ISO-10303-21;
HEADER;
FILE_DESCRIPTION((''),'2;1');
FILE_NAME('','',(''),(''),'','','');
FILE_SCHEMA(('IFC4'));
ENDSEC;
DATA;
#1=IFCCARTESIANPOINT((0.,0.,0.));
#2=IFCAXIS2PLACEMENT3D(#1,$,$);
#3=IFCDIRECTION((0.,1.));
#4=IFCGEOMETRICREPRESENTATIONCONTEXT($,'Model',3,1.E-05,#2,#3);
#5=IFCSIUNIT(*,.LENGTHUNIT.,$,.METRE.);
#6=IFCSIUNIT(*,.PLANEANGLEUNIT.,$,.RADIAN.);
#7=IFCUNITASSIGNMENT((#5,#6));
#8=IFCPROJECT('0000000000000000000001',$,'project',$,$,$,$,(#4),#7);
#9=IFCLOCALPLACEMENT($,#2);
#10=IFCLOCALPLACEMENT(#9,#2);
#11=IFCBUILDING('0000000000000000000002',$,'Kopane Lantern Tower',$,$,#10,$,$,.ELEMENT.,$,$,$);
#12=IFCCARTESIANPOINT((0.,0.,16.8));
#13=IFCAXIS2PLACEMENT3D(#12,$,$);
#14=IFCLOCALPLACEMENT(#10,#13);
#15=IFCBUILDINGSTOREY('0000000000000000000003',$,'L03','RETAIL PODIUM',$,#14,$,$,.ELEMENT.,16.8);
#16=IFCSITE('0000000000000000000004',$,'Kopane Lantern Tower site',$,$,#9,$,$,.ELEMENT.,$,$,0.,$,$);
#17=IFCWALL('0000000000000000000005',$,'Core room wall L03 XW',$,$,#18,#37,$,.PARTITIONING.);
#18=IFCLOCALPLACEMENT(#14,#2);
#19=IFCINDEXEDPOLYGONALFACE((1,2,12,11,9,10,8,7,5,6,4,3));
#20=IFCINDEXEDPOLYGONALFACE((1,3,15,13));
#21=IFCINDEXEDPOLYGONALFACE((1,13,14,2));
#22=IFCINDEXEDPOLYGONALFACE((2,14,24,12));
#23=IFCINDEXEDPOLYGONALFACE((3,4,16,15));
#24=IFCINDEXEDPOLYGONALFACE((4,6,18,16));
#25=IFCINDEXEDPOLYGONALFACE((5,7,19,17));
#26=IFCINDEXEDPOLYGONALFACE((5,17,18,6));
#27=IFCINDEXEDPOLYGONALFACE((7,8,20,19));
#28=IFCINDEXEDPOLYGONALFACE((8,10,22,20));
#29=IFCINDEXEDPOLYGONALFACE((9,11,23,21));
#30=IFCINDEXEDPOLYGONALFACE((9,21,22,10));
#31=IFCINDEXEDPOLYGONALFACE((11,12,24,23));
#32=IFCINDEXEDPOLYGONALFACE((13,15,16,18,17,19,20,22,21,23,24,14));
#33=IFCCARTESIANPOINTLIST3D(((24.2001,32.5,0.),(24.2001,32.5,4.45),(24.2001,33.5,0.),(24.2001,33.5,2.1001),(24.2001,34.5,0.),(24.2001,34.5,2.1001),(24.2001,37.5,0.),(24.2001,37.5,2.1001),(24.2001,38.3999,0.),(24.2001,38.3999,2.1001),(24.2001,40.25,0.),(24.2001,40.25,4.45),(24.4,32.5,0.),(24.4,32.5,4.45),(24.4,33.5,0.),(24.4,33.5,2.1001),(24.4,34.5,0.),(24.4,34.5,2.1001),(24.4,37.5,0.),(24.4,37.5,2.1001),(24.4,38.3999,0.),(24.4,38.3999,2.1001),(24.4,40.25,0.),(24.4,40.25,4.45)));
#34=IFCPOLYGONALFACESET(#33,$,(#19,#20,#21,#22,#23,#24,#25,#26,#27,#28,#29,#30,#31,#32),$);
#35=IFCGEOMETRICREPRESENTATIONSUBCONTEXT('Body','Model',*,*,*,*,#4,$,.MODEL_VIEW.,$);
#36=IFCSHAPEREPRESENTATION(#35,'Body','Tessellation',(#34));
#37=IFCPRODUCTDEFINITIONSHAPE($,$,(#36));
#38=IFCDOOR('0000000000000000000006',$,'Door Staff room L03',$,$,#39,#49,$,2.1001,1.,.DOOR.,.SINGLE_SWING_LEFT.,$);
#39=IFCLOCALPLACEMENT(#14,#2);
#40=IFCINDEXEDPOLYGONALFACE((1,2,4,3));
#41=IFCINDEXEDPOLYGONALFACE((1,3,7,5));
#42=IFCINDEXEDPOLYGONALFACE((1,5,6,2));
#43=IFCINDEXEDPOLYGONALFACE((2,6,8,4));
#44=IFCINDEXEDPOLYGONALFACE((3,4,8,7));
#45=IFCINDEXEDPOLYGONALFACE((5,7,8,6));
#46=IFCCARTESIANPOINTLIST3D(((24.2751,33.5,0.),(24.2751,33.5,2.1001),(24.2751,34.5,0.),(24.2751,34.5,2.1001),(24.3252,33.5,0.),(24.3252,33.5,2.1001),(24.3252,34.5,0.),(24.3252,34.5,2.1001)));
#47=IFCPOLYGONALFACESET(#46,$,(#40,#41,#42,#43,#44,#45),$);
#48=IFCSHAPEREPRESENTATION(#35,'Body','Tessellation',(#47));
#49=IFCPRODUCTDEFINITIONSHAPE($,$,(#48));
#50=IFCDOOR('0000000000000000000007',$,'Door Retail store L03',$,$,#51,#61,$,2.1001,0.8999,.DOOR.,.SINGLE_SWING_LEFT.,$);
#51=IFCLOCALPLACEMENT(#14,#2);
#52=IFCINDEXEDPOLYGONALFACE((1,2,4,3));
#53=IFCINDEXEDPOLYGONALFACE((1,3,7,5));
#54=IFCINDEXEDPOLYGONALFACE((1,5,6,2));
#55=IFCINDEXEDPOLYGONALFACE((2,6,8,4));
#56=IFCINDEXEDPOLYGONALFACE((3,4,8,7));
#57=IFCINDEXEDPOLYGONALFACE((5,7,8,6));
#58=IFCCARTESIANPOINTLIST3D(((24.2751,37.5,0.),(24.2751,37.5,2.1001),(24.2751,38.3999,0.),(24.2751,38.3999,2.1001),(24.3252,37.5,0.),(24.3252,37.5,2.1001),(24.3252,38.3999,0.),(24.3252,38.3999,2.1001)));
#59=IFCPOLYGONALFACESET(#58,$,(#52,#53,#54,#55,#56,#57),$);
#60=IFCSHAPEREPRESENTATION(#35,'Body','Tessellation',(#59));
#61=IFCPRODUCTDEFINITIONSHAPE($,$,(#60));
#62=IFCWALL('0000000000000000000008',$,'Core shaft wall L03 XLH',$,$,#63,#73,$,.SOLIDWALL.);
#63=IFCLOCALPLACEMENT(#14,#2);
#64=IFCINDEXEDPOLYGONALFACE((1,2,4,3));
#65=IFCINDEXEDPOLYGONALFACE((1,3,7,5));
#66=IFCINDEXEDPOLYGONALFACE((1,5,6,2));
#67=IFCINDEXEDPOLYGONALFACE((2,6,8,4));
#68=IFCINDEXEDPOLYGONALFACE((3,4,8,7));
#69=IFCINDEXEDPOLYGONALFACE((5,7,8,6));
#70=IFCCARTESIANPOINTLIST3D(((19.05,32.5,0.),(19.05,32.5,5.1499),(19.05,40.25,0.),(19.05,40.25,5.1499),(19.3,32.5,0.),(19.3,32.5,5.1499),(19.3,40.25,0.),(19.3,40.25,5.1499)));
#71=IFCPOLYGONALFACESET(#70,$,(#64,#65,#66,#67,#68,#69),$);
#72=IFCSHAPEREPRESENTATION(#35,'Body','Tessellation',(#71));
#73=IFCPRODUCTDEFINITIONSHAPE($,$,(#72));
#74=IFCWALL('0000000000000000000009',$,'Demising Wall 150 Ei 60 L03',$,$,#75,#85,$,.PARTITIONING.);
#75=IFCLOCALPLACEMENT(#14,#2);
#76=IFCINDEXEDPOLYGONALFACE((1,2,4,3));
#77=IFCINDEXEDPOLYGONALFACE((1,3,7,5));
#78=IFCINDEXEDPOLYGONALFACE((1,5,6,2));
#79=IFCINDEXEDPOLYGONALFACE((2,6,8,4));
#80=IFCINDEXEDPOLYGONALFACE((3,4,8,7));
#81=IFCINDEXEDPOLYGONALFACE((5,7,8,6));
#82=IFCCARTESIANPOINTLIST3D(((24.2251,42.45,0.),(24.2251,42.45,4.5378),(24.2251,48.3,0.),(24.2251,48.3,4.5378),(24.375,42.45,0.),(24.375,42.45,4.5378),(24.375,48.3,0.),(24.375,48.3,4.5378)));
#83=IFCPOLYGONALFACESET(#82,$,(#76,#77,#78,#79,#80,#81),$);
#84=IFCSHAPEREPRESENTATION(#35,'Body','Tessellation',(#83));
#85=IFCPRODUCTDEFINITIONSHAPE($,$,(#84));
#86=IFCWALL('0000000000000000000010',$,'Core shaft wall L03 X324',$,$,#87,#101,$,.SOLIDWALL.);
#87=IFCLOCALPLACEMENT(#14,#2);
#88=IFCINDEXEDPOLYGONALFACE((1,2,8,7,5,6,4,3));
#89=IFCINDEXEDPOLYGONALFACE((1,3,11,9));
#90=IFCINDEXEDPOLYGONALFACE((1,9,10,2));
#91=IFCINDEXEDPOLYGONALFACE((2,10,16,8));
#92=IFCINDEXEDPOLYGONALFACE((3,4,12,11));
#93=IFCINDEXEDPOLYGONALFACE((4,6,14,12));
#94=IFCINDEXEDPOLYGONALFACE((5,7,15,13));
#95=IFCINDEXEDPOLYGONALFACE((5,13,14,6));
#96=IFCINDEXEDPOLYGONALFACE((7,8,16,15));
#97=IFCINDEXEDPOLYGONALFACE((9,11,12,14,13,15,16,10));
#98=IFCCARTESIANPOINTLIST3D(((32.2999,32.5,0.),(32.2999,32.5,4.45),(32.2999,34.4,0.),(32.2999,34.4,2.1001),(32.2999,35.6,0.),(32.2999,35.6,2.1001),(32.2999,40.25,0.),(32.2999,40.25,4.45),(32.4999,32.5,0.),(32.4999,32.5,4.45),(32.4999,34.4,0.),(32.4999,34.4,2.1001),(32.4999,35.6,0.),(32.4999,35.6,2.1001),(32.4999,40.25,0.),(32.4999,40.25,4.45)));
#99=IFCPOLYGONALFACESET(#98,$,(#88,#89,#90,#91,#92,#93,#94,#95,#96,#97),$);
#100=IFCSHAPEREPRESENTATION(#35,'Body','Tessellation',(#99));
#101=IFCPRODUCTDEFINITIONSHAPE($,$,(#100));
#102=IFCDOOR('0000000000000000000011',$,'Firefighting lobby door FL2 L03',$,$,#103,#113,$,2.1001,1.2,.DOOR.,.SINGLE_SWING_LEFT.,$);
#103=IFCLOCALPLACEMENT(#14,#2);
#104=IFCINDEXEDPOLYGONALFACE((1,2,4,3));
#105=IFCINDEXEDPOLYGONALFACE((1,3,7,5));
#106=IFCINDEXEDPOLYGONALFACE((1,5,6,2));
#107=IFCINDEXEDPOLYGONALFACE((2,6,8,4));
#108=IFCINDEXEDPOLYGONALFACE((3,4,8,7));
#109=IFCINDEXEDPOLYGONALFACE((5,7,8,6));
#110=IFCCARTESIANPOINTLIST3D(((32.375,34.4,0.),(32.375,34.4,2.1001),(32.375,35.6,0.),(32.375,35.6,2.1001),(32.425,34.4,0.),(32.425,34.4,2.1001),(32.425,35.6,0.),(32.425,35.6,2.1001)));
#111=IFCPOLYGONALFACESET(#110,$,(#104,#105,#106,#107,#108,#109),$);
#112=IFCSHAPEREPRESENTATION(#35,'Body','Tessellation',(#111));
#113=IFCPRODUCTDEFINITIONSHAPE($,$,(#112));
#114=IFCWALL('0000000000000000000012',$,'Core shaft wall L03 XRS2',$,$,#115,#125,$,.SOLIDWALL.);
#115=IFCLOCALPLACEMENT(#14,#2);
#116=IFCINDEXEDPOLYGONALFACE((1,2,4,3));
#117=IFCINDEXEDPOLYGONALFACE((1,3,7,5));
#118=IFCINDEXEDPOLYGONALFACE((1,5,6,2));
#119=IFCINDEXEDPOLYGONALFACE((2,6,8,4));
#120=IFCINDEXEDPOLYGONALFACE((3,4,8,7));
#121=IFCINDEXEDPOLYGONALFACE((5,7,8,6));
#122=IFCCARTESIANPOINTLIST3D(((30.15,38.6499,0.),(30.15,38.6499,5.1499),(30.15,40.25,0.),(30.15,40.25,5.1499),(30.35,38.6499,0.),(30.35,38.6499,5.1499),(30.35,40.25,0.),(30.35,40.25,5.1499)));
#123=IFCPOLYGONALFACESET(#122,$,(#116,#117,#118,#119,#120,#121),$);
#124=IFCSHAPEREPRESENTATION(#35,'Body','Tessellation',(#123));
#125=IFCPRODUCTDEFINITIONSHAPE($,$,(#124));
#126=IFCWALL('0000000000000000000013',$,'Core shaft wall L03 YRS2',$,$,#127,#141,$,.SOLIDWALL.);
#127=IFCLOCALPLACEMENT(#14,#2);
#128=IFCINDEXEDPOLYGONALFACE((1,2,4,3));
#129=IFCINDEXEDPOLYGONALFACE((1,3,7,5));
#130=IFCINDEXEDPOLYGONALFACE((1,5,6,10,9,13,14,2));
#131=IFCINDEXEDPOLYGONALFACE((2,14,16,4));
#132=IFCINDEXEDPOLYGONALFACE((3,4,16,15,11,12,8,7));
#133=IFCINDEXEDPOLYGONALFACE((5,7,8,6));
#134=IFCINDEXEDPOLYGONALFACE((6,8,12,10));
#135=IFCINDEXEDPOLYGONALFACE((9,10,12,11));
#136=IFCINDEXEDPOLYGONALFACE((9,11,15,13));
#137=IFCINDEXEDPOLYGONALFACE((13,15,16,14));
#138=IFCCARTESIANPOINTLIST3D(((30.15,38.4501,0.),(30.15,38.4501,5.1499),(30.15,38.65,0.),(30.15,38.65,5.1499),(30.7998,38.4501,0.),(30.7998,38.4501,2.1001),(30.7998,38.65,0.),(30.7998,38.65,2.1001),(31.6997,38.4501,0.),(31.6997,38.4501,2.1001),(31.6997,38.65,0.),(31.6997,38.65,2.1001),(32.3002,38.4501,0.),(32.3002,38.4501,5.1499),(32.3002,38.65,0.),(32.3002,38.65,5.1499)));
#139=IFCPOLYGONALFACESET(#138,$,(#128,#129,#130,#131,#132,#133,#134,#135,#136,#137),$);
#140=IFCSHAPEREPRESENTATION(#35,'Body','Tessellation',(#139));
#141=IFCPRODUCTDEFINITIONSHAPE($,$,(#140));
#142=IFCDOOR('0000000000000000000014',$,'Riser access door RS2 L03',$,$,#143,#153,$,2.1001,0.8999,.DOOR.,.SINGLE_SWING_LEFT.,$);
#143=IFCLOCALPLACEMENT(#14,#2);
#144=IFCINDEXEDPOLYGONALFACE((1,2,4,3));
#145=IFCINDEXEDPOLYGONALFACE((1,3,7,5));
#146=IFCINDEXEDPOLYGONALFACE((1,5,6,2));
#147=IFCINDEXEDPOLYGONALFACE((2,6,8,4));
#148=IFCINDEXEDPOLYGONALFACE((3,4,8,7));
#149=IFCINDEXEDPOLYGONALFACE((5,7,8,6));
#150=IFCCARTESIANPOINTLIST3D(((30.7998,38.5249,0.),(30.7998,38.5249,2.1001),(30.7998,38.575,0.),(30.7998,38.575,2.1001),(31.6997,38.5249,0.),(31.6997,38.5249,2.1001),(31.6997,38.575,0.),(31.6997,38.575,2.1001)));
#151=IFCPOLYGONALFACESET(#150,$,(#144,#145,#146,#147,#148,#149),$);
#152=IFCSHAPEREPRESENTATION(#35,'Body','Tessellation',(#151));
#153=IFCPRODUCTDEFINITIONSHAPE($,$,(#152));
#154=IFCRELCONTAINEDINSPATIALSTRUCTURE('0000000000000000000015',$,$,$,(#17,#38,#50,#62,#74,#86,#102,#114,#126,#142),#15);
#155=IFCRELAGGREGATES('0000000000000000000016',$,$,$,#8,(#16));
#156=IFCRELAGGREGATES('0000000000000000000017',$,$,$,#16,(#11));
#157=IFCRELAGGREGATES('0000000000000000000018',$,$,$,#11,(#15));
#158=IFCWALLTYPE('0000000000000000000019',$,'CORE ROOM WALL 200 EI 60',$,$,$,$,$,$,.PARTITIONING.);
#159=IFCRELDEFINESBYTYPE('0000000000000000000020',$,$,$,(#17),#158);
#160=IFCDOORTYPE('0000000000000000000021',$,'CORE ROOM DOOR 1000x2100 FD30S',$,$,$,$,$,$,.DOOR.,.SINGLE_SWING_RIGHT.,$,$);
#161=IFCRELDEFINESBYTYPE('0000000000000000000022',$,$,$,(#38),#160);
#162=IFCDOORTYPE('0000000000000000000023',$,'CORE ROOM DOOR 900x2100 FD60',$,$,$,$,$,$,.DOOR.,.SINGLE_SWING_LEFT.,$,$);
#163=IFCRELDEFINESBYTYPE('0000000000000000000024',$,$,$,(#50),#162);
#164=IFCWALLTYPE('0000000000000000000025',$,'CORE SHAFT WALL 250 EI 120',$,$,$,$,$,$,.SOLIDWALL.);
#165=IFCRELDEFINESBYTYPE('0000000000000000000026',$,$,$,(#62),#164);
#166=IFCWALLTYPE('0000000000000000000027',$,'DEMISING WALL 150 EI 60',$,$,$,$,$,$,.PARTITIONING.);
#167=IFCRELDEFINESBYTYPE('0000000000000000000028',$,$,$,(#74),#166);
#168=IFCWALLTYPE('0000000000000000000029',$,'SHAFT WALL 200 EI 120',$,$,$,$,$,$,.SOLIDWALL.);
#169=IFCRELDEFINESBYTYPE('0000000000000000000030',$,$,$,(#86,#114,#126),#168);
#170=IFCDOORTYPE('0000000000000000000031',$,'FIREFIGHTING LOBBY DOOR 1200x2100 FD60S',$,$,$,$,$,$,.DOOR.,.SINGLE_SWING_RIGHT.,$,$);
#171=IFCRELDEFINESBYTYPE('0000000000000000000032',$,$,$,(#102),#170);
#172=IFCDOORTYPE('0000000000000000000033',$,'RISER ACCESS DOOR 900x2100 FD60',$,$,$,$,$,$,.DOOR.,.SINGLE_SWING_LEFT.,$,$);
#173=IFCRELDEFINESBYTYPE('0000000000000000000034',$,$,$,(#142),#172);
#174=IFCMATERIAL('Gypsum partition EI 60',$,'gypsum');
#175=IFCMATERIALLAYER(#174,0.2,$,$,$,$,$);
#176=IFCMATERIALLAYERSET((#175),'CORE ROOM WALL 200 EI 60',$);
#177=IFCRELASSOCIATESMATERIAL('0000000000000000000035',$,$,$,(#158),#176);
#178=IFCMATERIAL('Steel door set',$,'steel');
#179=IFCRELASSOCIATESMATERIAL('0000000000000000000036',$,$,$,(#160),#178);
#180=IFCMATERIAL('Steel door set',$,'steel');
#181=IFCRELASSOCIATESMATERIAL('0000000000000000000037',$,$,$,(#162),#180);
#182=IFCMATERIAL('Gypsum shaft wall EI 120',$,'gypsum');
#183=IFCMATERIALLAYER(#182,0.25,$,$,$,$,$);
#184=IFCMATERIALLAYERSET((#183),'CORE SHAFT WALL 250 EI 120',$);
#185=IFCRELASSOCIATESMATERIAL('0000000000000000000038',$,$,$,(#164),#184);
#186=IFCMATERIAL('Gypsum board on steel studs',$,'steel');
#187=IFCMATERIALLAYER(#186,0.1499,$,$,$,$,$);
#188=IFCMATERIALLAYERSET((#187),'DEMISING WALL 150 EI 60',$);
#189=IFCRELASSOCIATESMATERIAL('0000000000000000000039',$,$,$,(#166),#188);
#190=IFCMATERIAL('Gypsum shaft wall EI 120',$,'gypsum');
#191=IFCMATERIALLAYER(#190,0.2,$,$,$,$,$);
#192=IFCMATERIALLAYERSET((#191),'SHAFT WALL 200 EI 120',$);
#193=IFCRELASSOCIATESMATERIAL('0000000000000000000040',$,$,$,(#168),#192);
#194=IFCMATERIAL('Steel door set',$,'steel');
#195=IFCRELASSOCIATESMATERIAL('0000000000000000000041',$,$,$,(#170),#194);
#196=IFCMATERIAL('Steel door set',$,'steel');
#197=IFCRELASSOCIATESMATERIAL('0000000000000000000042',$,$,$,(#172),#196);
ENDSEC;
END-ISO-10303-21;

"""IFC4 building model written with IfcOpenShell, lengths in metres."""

from ifc_helpers import new_model, si_unit, direction, frame, frame_2d, origin, place, context, subcontext, project, spatial, rectangle, extrude, material, layer, layer_set, type_object, element, fill, save


model = new_model("IFC4")

# Units and contexts
model_context = context("Model", 3, precision=1e-05, world=origin(), true_north=direction((0.0, 1.0)))
body_context = subcontext(model_context, "Body", "Model", "MODEL_VIEW")
ifc_project = project(units=[si_unit("LENGTHUNIT", "METRE"), si_unit("PLANEANGLEUNIT", "RADIAN")], contexts=[model_context])

# Site, building, storey
site_placement = place(None, origin())
site = spatial("IfcSite", under=ifc_project, at=site_placement, Name="Kopane Lantern Tower site", CompositionType="ELEMENT", RefElevation=0.0)
building_placement = place(site_placement, origin())
building = spatial("IfcBuilding", under=site, at=building_placement, Name="Kopane Lantern Tower", CompositionType="ELEMENT")
storey_placement = place(building_placement, frame((0.0, 0.0, 16.8)))
storey = spatial("IfcBuildingStorey", under=building, at=storey_placement, Name="L03", Description="RETAIL PODIUM", CompositionType="ELEMENT", Elevation=16.8)

# Wall, openings, doors
ifc_material_1 = material(Name="Gypsum partition EI 60", Category="gypsum")
ifc_layer_1 = layer(ifc_material_1, 0.2)
ifc_layer_set_1 = layer_set([ifc_layer_1], Name="CORE ROOM WALL 200 EI 60")
wall_type_1 = type_object("IfcWallType", Name="CORE ROOM WALL 200 EI 60", PredefinedType="PARTITIONING", material=ifc_layer_set_1)
wall_1_placement = place(storey_placement, frame((24.3, 32.5, 0.0), z_axis=(0.0, 0.0, 1.0), x_axis=(0.0, 1.0, 0.0)))
wall_1 = element("IfcWall", 1, at=wall_1_placement, inside=storey, type_object=wall_type_1, Name="Core room wall L03 XW", PredefinedType="PARTITIONING", context=body_context, shape_type="SweptSolid", body=[
    extrude(rectangle(XDim=7.75, YDim=0.2, at=frame_2d((3.875, 0.0))), origin(), (0.0, 0.0, 1.0), 4.45),
])
opening_1_placement = place(wall_1_placement, frame((1.0, 0.0, 0.0)))
opening_1 = element("IfcOpeningElement", 2, at=opening_1_placement, cuts=wall_1, PredefinedType="OPENING", context=body_context, shape_type="SweptSolid", body=[
    extrude(rectangle(XDim=1.0, YDim=2.1001, at=frame_2d((0.5, 1.05))), frame((0.0, 0.1099, 0.0), z_axis=(0.0, -1.0, 0.0), x_axis=(1.0, 0.0, 0.0)), (0.0, 0.0, 1.0), 0.22),
])
opening_2_placement = place(wall_1_placement, frame((5.0, 0.0, 0.0)))
opening_2 = element("IfcOpeningElement", 3, at=opening_2_placement, cuts=wall_1, PredefinedType="OPENING", context=body_context, shape_type="SweptSolid", body=[
    extrude(rectangle(XDim=0.8999, YDim=2.1001, at=frame_2d((0.45, 1.05))), frame((0.0, 0.1099, 0.0), z_axis=(0.0, -1.0, 0.0), x_axis=(1.0, 0.0, 0.0)), (0.0, 0.0, 1.0), 0.22),
])
ifc_material_2 = material(Name="Steel door set", Category="steel")
door_type_1 = type_object("IfcDoorType", Name="CORE ROOM DOOR 1000x2100 FD30S", OperationType="SINGLE_SWING_RIGHT", PredefinedType="DOOR", material=ifc_material_2)
door_1_placement = place(opening_1_placement, origin())
door_1 = element("IfcDoor", 4, at=door_1_placement, inside=storey, type_object=door_type_1, Name="Door Staff room L03", OperationType="SINGLE_SWING_LEFT", OverallHeight=2.1001, OverallWidth=1.0, PredefinedType="DOOR", context=body_context, shape_type="SweptSolid", body=[
    extrude(rectangle(XDim=1.0, YDim=2.1001, at=frame_2d((0.5, 1.05))), frame((0.0, 0.0249, 0.0), z_axis=(0.0, -1.0, 0.0), x_axis=(1.0, 0.0, 0.0)), (0.0, 0.0, 1.0), 0.05),
])
fill(opening_1, door_1)
ifc_material_3 = material(Name="Steel door set", Category="steel")
door_type_2 = type_object("IfcDoorType", Name="CORE ROOM DOOR 900x2100 FD60", OperationType="SINGLE_SWING_LEFT", PredefinedType="DOOR", material=ifc_material_3)
door_2_placement = place(opening_2_placement, origin())
door_2 = element("IfcDoor", 5, at=door_2_placement, inside=storey, type_object=door_type_2, Name="Door Retail store L03", OperationType="SINGLE_SWING_LEFT", OverallHeight=2.1001, OverallWidth=0.8999, PredefinedType="DOOR", context=body_context, shape_type="SweptSolid", body=[
    extrude(rectangle(XDim=0.8999, YDim=2.1001, at=frame_2d((0.45, 1.05))), frame((0.0, 0.0249, 0.0), z_axis=(0.0, -1.0, 0.0), x_axis=(1.0, 0.0, 0.0)), (0.0, 0.0, 1.0), 0.05),
])
fill(opening_2, door_2)

# Walls
ifc_material_4 = material(Name="Gypsum shaft wall EI 120", Category="gypsum")
ifc_layer_2 = layer(ifc_material_4, 0.25)
ifc_layer_set_2 = layer_set([ifc_layer_2], Name="CORE SHAFT WALL 250 EI 120")
wall_type_2 = type_object("IfcWallType", Name="CORE SHAFT WALL 250 EI 120", PredefinedType="SOLIDWALL", material=ifc_layer_set_2)
wall_2_placement = place(storey_placement, frame((19.175, 32.5, 0.0), z_axis=(0.0, 0.0, 1.0), x_axis=(0.0, 1.0, 0.0)))
element("IfcWall", 6, at=wall_2_placement, inside=storey, type_object=wall_type_2, Name="Core shaft wall L03 XLH", PredefinedType="SOLIDWALL", context=body_context, shape_type="SweptSolid", body=[
    extrude(rectangle(XDim=7.75, YDim=0.25, at=frame_2d((3.875, 0.0))), origin(), (0.0, 0.0, 1.0), 5.1499),
])
ifc_material_5 = material(Name="Gypsum board on steel studs", Category="steel")
ifc_layer_3 = layer(ifc_material_5, 0.1499)
ifc_layer_set_3 = layer_set([ifc_layer_3], Name="DEMISING WALL 150 EI 60")
wall_type_3 = type_object("IfcWallType", Name="DEMISING WALL 150 EI 60", PredefinedType="PARTITIONING", material=ifc_layer_set_3)
wall_3_placement = place(storey_placement, frame((24.3, 42.45, 0.0), z_axis=(0.0, 0.0, 1.0), x_axis=(0.0, 1.0, 0.0)))
element("IfcWall", 7, at=wall_3_placement, inside=storey, type_object=wall_type_3, Name="Demising Wall 150 Ei 60 L03", PredefinedType="PARTITIONING", context=body_context, shape_type="SweptSolid", body=[
    extrude(rectangle(XDim=5.8501, YDim=0.1499, at=frame_2d((2.925, 0.0))), origin(), (0.0, 0.0, 1.0), 4.5378),
])

# Wall, opening, door
ifc_material_6 = material(Name="Gypsum shaft wall EI 120", Category="gypsum")
ifc_layer_4 = layer(ifc_material_6, 0.2)
ifc_layer_set_4 = layer_set([ifc_layer_4], Name="SHAFT WALL 200 EI 120")
wall_type_4 = type_object("IfcWallType", Name="SHAFT WALL 200 EI 120", PredefinedType="SOLIDWALL", material=ifc_layer_set_4)
wall_4_placement = place(storey_placement, frame((32.3999, 32.5, 0.0), z_axis=(0.0, 0.0, 1.0), x_axis=(0.0, 1.0, 0.0)))
wall_4 = element("IfcWall", 8, at=wall_4_placement, inside=storey, type_object=wall_type_4, Name="Core shaft wall L03 X324", PredefinedType="SOLIDWALL", context=body_context, shape_type="SweptSolid", body=[
    extrude(rectangle(XDim=7.75, YDim=0.2, at=frame_2d((3.875, 0.0))), origin(), (0.0, 0.0, 1.0), 4.45),
])
opening_3_placement = place(wall_4_placement, frame((1.8999, 0.0, 0.0)))
opening_3 = element("IfcOpeningElement", 9, at=opening_3_placement, cuts=wall_4, PredefinedType="OPENING", context=body_context, shape_type="SweptSolid", body=[
    extrude(rectangle(XDim=1.2, YDim=2.1001, at=frame_2d((0.6001, 1.05))), frame((0.0, 0.1099, 0.0), z_axis=(0.0, -1.0, 0.0), x_axis=(1.0, 0.0, 0.0)), (0.0, 0.0, 1.0), 0.22),
])
ifc_material_7 = material(Name="Steel door set", Category="steel")
door_type_3 = type_object("IfcDoorType", Name="FIREFIGHTING LOBBY DOOR 1200x2100 FD60S", OperationType="SINGLE_SWING_RIGHT", PredefinedType="DOOR", material=ifc_material_7)
door_3_placement = place(opening_3_placement, origin())
door_3 = element("IfcDoor", 10, at=door_3_placement, inside=storey, type_object=door_type_3, Name="Firefighting lobby door FL2 L03", OperationType="SINGLE_SWING_LEFT", OverallHeight=2.1001, OverallWidth=1.2, PredefinedType="DOOR", context=body_context, shape_type="SweptSolid", body=[
    extrude(rectangle(XDim=1.2, YDim=2.1001, at=frame_2d((0.6001, 1.05))), frame((0.0, 0.0249, 0.0), z_axis=(0.0, -1.0, 0.0), x_axis=(1.0, 0.0, 0.0)), (0.0, 0.0, 1.0), 0.05),
])
fill(opening_3, door_3)

# Wall
wall_5_placement = place(storey_placement, frame((30.25, 38.6499, 0.0), z_axis=(0.0, 0.0, 1.0), x_axis=(0.0, 1.0, 0.0)))
element("IfcWall", 11, at=wall_5_placement, inside=storey, type_object=wall_type_4, Name="Core shaft wall L03 XRS2", PredefinedType="SOLIDWALL", context=body_context, shape_type="SweptSolid", body=[
    extrude(rectangle(XDim=1.6001, YDim=0.2, at=frame_2d((0.8, 0.0))), origin(), (0.0, 0.0, 1.0), 5.1499),
])

# Wall, opening, door
wall_6_placement = place(storey_placement, frame((30.1499, 38.55, 0.0), z_axis=(0.0, 0.0, 1.0), x_axis=(1.0, 0.0, 0.0)))
wall_6 = element("IfcWall", 12, at=wall_6_placement, inside=storey, type_object=wall_type_4, Name="Core shaft wall L03 YRS2", PredefinedType="SOLIDWALL", context=body_context, shape_type="SweptSolid", body=[
    extrude(rectangle(XDim=2.1501, YDim=0.2, at=frame_2d((1.0752, 0.0))), origin(), (0.0, 0.0, 1.0), 5.1499),
])
opening_4_placement = place(wall_6_placement, frame((0.6499, 0.0, 0.0)))
opening_4 = element("IfcOpeningElement", 13, at=opening_4_placement, cuts=wall_6, PredefinedType="OPENING", context=body_context, shape_type="SweptSolid", body=[
    extrude(rectangle(XDim=0.8999, YDim=2.1001, at=frame_2d((0.45, 1.05))), frame((0.0, 0.1099, 0.0), z_axis=(0.0, -1.0, 0.0), x_axis=(1.0, 0.0, 0.0)), (0.0, 0.0, 1.0), 0.22),
])
ifc_material_8 = material(Name="Steel door set", Category="steel")
door_type_4 = type_object("IfcDoorType", Name="RISER ACCESS DOOR 900x2100 FD60", OperationType="SINGLE_SWING_LEFT", PredefinedType="DOOR", material=ifc_material_8)
door_4_placement = place(opening_4_placement, origin())
door_4 = element("IfcDoor", 14, at=door_4_placement, inside=storey, type_object=door_type_4, Name="Riser access door RS2 L03", OperationType="SINGLE_SWING_LEFT", OverallHeight=2.1001, OverallWidth=0.8999, PredefinedType="DOOR", context=body_context, shape_type="SweptSolid", body=[
    extrude(rectangle(XDim=0.8999, YDim=2.1001, at=frame_2d((0.45, 1.05))), frame((0.0, 0.0249, 0.0), z_axis=(0.0, -1.0, 0.0), x_axis=(1.0, 0.0, 0.0)), (0.0, 0.0, 1.0), 0.05),
])
fill(opening_4, door_4)

save(model, "model.ifc")
